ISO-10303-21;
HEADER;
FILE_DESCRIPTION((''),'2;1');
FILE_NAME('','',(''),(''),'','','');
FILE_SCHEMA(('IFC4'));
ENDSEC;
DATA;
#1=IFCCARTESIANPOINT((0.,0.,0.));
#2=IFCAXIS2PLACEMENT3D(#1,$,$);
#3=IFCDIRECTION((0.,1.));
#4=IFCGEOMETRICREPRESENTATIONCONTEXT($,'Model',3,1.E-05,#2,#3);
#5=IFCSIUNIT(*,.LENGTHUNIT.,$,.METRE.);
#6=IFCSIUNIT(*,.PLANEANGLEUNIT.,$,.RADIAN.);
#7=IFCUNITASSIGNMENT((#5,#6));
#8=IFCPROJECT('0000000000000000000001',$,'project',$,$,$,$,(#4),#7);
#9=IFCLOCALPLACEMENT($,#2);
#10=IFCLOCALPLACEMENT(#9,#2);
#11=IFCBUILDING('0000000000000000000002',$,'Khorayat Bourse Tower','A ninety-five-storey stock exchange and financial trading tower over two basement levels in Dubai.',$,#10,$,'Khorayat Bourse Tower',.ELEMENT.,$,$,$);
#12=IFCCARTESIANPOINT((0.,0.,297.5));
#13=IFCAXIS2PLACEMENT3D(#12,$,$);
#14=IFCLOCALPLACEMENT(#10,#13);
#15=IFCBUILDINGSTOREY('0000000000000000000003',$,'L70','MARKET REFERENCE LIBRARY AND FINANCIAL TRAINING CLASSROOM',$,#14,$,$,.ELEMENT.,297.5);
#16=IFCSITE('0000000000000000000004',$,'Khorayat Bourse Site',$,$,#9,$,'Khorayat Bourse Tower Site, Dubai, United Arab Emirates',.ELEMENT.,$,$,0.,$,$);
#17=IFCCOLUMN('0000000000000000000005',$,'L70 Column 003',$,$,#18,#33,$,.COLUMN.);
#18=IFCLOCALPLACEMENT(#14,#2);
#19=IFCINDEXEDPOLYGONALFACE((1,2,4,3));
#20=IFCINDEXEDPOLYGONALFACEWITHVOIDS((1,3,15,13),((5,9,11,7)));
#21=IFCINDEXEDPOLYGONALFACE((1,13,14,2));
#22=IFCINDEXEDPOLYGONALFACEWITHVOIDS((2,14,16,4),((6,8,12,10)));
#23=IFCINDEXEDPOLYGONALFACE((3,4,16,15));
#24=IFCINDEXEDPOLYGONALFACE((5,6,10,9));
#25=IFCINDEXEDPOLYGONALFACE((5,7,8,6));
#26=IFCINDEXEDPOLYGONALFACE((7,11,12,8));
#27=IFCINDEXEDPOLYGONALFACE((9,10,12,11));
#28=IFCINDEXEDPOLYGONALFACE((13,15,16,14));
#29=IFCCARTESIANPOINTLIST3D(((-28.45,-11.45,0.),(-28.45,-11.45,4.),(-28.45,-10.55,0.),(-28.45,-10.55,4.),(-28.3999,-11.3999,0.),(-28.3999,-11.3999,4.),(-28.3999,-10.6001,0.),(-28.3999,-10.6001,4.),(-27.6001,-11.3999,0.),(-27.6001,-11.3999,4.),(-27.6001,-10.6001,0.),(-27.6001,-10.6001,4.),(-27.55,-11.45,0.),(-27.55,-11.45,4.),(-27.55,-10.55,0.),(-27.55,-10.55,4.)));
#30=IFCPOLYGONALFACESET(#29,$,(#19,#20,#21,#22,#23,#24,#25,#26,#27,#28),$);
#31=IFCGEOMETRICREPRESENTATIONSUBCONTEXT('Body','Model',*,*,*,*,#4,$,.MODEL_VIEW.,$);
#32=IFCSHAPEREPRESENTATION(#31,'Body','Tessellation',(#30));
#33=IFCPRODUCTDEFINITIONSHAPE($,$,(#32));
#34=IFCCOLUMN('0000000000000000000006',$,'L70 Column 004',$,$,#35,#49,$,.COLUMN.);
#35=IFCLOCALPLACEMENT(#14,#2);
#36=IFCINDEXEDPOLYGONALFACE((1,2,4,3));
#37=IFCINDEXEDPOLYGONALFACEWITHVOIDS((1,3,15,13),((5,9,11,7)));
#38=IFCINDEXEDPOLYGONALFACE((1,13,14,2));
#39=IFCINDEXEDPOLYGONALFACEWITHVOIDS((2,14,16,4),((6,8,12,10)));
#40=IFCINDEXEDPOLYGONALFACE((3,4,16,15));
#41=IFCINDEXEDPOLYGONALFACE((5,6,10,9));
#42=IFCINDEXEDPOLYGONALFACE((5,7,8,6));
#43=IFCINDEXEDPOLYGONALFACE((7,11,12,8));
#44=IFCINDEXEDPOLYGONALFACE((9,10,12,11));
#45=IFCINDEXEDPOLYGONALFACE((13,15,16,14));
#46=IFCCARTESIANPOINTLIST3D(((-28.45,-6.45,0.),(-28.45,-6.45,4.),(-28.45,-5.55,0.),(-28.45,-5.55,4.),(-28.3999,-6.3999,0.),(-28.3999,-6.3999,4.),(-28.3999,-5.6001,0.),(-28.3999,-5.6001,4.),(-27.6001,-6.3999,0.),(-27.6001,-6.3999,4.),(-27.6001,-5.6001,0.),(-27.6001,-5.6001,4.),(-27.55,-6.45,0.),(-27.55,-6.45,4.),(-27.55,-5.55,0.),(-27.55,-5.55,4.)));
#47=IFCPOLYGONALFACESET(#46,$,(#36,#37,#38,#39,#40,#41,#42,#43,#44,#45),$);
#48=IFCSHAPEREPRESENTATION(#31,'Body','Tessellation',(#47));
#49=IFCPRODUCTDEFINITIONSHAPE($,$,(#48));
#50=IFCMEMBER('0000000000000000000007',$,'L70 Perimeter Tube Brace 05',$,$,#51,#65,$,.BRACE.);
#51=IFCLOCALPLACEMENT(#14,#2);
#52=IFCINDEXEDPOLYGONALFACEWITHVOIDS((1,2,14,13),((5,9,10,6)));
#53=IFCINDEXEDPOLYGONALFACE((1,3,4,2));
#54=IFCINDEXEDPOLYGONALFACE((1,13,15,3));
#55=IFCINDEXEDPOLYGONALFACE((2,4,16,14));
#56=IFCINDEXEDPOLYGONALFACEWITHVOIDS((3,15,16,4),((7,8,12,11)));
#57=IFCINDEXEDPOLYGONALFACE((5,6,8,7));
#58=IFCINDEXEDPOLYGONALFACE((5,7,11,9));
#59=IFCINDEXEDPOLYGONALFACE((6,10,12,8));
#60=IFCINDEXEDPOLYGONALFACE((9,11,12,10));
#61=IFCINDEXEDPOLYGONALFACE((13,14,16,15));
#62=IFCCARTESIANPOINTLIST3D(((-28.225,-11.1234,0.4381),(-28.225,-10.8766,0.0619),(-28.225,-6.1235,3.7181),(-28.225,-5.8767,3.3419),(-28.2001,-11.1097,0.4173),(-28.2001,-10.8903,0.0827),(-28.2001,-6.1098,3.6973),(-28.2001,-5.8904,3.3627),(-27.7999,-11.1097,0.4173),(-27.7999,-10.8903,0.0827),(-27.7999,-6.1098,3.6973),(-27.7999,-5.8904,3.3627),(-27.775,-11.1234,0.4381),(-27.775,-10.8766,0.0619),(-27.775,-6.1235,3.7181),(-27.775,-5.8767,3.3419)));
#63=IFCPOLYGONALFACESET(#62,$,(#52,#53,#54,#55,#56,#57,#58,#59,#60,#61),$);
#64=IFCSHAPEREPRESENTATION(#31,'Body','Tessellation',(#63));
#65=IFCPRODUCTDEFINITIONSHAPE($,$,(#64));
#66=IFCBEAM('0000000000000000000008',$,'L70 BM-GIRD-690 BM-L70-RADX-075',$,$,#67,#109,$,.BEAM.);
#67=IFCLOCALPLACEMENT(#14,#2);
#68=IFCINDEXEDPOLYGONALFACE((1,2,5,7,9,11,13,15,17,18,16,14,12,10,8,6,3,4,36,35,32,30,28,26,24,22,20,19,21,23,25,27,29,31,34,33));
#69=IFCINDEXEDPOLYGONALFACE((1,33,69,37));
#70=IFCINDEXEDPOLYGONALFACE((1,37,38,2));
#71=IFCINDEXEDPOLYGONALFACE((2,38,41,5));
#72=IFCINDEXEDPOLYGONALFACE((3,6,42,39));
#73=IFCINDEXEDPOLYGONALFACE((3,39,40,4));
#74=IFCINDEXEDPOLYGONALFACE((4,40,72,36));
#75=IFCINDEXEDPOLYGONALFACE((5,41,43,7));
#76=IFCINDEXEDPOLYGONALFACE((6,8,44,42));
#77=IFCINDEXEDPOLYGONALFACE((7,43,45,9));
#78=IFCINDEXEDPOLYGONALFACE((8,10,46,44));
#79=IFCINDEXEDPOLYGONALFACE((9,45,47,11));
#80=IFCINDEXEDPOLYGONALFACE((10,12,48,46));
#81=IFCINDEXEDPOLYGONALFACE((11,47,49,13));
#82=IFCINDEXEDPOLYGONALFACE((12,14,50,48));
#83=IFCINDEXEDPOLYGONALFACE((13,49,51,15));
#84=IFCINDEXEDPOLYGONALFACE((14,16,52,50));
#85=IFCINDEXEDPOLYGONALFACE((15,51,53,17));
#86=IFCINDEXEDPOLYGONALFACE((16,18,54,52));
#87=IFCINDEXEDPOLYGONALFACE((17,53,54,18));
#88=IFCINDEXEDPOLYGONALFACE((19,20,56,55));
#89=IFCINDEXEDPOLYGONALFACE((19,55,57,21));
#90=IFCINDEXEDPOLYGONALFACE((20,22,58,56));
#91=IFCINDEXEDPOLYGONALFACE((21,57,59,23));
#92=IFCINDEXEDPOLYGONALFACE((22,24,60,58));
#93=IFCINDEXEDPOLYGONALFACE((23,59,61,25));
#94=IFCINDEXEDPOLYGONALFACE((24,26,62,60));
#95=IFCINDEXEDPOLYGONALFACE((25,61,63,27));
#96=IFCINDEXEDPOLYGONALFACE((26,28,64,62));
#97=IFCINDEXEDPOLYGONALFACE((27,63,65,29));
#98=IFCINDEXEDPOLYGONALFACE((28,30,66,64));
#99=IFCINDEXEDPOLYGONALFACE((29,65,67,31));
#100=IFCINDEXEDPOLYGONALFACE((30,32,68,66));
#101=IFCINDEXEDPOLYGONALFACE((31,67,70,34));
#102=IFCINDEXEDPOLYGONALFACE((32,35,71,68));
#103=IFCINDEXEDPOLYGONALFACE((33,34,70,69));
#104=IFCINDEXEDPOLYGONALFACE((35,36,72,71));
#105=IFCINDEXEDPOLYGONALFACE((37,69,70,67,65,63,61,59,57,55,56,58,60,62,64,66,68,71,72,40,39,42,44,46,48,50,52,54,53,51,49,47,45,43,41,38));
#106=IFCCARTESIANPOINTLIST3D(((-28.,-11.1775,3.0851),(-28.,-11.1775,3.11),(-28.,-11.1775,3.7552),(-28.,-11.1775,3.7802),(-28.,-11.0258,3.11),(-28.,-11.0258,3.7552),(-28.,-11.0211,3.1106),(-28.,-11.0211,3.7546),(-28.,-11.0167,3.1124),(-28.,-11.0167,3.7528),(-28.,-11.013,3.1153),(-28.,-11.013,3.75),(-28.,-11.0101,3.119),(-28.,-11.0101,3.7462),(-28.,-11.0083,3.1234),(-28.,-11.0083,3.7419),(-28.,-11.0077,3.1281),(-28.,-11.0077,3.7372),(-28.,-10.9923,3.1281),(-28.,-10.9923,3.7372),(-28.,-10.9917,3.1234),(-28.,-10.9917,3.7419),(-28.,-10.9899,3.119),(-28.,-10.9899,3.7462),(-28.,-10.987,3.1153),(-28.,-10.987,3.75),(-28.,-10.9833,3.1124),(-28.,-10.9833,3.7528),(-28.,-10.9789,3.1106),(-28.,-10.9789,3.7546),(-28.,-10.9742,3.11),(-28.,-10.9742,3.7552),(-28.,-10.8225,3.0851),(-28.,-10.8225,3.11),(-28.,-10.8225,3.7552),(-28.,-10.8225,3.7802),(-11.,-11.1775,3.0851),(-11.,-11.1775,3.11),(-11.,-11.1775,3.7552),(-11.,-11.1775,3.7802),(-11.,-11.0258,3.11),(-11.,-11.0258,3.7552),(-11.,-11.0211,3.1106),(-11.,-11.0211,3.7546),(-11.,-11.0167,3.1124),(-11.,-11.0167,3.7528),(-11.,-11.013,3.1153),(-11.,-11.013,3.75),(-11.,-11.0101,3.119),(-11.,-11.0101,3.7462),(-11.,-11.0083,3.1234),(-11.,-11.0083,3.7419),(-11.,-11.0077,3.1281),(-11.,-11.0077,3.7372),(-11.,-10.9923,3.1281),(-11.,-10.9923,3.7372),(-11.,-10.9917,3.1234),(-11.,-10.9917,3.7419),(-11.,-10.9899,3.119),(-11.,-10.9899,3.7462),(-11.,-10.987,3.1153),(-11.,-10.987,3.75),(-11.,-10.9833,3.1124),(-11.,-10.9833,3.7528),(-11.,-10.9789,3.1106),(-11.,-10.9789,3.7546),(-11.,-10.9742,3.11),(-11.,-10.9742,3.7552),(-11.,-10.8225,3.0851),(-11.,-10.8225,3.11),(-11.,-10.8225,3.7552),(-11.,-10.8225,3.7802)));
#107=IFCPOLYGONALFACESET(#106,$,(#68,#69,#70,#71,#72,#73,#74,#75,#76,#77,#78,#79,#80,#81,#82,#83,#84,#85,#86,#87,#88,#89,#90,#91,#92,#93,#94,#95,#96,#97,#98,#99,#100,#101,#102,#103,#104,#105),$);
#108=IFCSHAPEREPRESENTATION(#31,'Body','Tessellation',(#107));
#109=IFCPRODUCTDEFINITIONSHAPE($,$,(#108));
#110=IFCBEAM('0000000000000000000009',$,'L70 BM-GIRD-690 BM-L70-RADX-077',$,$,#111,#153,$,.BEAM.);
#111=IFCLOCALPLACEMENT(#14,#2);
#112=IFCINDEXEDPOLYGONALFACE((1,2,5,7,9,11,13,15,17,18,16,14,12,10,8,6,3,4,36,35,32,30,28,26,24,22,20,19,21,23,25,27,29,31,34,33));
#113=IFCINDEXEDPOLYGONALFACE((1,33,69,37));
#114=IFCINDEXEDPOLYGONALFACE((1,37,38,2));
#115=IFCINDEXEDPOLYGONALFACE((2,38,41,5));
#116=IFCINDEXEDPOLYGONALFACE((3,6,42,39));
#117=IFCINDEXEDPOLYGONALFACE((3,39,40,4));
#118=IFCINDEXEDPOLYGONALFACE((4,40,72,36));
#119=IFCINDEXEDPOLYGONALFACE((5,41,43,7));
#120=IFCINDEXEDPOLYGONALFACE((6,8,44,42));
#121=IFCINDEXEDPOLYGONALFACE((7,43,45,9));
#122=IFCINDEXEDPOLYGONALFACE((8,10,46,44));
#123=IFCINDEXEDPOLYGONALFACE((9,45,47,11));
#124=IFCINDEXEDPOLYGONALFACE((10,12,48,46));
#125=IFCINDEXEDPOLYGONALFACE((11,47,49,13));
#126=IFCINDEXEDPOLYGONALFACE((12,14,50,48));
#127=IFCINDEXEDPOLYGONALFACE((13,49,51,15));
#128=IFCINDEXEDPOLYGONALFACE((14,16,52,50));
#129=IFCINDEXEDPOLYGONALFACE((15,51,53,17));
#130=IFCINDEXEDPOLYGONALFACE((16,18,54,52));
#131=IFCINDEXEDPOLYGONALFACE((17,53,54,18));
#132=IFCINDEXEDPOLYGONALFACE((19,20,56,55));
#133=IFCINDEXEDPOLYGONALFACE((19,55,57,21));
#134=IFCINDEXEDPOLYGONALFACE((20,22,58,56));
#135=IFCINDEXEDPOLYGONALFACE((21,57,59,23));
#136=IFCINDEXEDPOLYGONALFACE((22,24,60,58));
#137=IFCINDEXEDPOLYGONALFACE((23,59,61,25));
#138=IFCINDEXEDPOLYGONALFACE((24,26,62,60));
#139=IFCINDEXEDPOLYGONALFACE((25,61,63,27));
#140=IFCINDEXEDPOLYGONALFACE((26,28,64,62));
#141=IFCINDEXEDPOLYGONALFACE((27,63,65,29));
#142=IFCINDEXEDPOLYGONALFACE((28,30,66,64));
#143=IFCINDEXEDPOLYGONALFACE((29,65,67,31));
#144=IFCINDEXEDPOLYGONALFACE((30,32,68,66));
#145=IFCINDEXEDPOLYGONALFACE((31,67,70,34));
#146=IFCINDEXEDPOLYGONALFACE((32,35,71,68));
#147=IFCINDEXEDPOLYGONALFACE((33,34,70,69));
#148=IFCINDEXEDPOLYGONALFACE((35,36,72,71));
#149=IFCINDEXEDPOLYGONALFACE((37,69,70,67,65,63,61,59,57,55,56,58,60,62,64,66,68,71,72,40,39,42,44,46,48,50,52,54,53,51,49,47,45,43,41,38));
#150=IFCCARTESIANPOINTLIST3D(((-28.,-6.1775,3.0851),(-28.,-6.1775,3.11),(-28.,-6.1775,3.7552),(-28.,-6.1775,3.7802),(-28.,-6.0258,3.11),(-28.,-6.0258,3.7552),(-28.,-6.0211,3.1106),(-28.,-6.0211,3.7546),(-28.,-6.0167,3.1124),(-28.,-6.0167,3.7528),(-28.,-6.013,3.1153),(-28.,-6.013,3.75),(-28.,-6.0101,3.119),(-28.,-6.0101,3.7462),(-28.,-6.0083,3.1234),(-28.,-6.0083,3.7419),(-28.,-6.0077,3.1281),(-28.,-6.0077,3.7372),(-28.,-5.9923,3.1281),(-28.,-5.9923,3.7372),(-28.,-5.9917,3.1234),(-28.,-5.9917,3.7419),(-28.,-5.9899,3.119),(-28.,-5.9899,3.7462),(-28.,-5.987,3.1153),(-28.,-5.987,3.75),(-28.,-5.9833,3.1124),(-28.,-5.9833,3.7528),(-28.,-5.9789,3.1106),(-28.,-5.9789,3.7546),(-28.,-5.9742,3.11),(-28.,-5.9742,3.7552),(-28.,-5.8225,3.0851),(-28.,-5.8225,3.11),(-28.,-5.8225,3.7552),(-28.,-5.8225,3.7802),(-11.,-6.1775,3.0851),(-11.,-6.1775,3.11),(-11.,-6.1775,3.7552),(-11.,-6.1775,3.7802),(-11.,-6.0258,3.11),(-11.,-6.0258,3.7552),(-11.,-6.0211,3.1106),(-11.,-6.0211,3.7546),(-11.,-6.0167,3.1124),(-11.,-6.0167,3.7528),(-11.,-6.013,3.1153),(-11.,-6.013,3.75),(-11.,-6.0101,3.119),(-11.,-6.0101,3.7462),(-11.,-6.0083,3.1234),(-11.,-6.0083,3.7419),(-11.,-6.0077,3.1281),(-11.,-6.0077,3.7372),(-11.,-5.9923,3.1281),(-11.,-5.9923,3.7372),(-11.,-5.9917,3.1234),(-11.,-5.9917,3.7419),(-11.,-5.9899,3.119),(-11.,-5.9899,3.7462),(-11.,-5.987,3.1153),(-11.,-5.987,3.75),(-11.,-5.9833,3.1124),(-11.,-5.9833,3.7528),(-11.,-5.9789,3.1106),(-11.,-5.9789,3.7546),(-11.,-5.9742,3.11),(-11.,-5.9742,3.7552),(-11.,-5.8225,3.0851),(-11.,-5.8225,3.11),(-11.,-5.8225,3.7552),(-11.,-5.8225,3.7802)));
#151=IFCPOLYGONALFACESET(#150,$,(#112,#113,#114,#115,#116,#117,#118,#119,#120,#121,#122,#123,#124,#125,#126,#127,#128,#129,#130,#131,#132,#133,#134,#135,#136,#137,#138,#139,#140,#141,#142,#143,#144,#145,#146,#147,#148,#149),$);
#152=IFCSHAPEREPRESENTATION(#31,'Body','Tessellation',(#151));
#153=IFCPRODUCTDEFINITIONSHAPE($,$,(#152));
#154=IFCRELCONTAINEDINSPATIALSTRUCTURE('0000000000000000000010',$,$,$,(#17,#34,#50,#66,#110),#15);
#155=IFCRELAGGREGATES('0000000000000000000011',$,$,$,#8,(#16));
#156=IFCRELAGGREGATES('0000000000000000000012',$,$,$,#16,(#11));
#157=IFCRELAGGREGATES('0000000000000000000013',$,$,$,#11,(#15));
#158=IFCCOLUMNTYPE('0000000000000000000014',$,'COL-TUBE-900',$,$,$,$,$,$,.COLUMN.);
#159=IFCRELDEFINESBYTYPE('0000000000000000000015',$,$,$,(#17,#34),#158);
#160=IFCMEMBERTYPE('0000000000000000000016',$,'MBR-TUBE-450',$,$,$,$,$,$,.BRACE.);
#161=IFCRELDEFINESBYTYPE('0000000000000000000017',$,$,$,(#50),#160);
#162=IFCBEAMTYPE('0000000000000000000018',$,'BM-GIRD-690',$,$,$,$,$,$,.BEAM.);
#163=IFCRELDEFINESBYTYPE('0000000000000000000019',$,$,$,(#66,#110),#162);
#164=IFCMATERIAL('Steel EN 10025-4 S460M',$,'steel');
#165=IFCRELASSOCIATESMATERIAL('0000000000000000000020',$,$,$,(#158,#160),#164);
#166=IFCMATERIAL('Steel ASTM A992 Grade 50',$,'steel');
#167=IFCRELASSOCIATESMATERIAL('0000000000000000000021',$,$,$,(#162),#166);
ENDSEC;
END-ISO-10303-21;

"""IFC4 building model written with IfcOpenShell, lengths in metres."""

from ifc_helpers import new_model, si_unit, direction, frame, origin, origin_2d, place, context, subcontext, project, spatial, hollow_rectangle, i_section, extrude, source, transform, mapped, material, material_profile, profile_set, type_object, element, save


model = new_model("IFC4")

# Units and contexts
model_context = context("Model", 3, precision=1e-05, world=origin(), true_north=direction((0.0, 1.0)))
body_context = subcontext(model_context, "Body", "Model", "MODEL_VIEW")
ifc_project = project(units=[si_unit("LENGTHUNIT", "METRE"), si_unit("PLANEANGLEUNIT", "RADIAN")], contexts=[model_context])

# Site, building, storey
site_placement = place(None, origin())
site = spatial("IfcSite", under=ifc_project, at=site_placement, Name="Khorayat Bourse Site", LongName="Khorayat Bourse Tower Site, Dubai, United Arab Emirates", CompositionType="ELEMENT", RefElevation=0.0)
building_placement = place(site_placement, origin())
building = spatial("IfcBuilding", under=site, at=building_placement, Name="Khorayat Bourse Tower", Description="A ninety-five-storey stock exchange and financial trading tower over two basement levels in Dubai.", LongName="Khorayat Bourse Tower", CompositionType="ELEMENT")
storey_placement = place(building_placement, frame((0.0, 0.0, 297.5)))
storey = spatial("IfcBuildingStorey", under=building, at=storey_placement, Name="L70", Description="MARKET REFERENCE LIBRARY AND FINANCIAL TRAINING CLASSROOM", CompositionType="ELEMENT", Elevation=297.5)

# Columns
ifc_material_1 = material(Name="Steel EN 10025-4 S460M", Category="steel")
ifc_material_profile_1 = material_profile(ifc_material_1, hollow_rectangle(XDim=0.8999, YDim=0.8999, WallThickness=0.05, at=origin_2d()), Name="BOX 900x900x50")
ifc_profile_set_1 = profile_set([ifc_material_profile_1], Name="Steel EN 10025-4 S460M")
column_type = type_object("IfcColumnType", Name="COL-TUBE-900", PredefinedType="COLUMN", material=ifc_profile_set_1)
shared_shape_1 = source(origin(), body_context, "Body", "SweptSolid", [
    extrude(hollow_rectangle(XDim=0.8999, YDim=0.8999, WallThickness=0.05, at=origin_2d()), origin(), (0.0, 0.0, 1.0), 4.0),
])
for number, where, z_axis, x_axis, name in (
    (1, (-28.0, -11.0, 0.0), (0.0, 0.0, 1.0), (1.0, 0.0, 0.0), "L70 Column 003"),
    (2, (-28.0, -6.0, 0.0), (0.0, 0.0, 1.0), (1.0, 0.0, 0.0), "L70 Column 004"),
):
    element("IfcColumn", number, at=place(storey_placement, frame(where, z_axis=z_axis, x_axis=x_axis)), inside=storey, type_object=column_type, Name=name, PredefinedType="COLUMN", context=body_context, shape_type="MappedRepresentation", body=[
        mapped(shared_shape_1, transform((0.0, 0.0, 0.0), scale=1.0)),
    ])

# Member
ifc_material_profile_2 = material_profile(ifc_material_1, hollow_rectangle(XDim=0.45, YDim=0.45, WallThickness=0.0249, at=origin_2d()), Name="HSS 450x450x25")
ifc_profile_set_2 = profile_set([ifc_material_profile_2], Name="Steel EN 10025-4 S460M")
member_type = type_object("IfcMemberType", Name="MBR-TUBE-450", PredefinedType="BRACE", material=ifc_profile_set_2)
shared_shape_2 = source(origin(), body_context, "Body", "SweptSolid", [
    extrude(hollow_rectangle(XDim=0.45, YDim=0.45, WallThickness=0.0249, at=origin_2d()), origin(), (0.0, 0.0, 1.0), 5.9797),
])
member_placement = place(storey_placement, frame((-28.0, -11.0, 0.25), z_axis=(0.0, 0.836142, 0.548514), x_axis=(-1.0, 0.0, 0.0)))
element("IfcMember", 3, at=member_placement, inside=storey, type_object=member_type, Name="L70 Perimeter Tube Brace 05", PredefinedType="BRACE", context=body_context, shape_type="MappedRepresentation", body=[
    mapped(shared_shape_2, transform((0.0, 0.0, 0.0), scale=1.0)),
])

# Beams
ifc_material_2 = material(Name="Steel ASTM A992 Grade 50", Category="steel")
ifc_material_profile_3 = material_profile(ifc_material_2, i_section(OverallWidth=0.355, OverallDepth=0.6951, WebThickness=0.0154, FlangeThickness=0.0249, FilletRadius=0.0181, at=origin_2d()), Name="W690X217")
ifc_profile_set_3 = profile_set([ifc_material_profile_3], Name="Steel ASTM A992 Grade 50")
beam_type_1 = type_object("IfcBeamType", Name="BM-GIRD-690", PredefinedType="BEAM", material=ifc_profile_set_3)
shared_shape_3 = source(origin(), body_context, "Body", "SweptSolid", [
    extrude(i_section(OverallWidth=0.355, OverallDepth=0.6951, WebThickness=0.0154, FlangeThickness=0.0249, FilletRadius=0.0181, at=origin_2d()), origin(), (0.0, 0.0, 1.0), 17.0),
])
for number, where, z_axis, x_axis, name in (
    (4, (-28.0, -11.0, 3.4326), (1.0, 0.0, 0.0), (0.0, 1.0, 0.0), "L70 BM-GIRD-690 BM-L70-RADX-075"),
    (5, (-28.0, -6.0, 3.4326), (1.0, 0.0, 0.0), (0.0, 1.0, 0.0), "L70 BM-GIRD-690 BM-L70-RADX-077"),
):
    element("IfcBeam", number, at=place(storey_placement, frame(where, z_axis=z_axis, x_axis=x_axis)), inside=storey, type_object=beam_type_1, Name=name, PredefinedType="BEAM", context=body_context, shape_type="MappedRepresentation", body=[
        mapped(shared_shape_3, transform((0.0, 0.0, 0.0), scale=1.0)),
    ])

save(model, "model.ifc")
